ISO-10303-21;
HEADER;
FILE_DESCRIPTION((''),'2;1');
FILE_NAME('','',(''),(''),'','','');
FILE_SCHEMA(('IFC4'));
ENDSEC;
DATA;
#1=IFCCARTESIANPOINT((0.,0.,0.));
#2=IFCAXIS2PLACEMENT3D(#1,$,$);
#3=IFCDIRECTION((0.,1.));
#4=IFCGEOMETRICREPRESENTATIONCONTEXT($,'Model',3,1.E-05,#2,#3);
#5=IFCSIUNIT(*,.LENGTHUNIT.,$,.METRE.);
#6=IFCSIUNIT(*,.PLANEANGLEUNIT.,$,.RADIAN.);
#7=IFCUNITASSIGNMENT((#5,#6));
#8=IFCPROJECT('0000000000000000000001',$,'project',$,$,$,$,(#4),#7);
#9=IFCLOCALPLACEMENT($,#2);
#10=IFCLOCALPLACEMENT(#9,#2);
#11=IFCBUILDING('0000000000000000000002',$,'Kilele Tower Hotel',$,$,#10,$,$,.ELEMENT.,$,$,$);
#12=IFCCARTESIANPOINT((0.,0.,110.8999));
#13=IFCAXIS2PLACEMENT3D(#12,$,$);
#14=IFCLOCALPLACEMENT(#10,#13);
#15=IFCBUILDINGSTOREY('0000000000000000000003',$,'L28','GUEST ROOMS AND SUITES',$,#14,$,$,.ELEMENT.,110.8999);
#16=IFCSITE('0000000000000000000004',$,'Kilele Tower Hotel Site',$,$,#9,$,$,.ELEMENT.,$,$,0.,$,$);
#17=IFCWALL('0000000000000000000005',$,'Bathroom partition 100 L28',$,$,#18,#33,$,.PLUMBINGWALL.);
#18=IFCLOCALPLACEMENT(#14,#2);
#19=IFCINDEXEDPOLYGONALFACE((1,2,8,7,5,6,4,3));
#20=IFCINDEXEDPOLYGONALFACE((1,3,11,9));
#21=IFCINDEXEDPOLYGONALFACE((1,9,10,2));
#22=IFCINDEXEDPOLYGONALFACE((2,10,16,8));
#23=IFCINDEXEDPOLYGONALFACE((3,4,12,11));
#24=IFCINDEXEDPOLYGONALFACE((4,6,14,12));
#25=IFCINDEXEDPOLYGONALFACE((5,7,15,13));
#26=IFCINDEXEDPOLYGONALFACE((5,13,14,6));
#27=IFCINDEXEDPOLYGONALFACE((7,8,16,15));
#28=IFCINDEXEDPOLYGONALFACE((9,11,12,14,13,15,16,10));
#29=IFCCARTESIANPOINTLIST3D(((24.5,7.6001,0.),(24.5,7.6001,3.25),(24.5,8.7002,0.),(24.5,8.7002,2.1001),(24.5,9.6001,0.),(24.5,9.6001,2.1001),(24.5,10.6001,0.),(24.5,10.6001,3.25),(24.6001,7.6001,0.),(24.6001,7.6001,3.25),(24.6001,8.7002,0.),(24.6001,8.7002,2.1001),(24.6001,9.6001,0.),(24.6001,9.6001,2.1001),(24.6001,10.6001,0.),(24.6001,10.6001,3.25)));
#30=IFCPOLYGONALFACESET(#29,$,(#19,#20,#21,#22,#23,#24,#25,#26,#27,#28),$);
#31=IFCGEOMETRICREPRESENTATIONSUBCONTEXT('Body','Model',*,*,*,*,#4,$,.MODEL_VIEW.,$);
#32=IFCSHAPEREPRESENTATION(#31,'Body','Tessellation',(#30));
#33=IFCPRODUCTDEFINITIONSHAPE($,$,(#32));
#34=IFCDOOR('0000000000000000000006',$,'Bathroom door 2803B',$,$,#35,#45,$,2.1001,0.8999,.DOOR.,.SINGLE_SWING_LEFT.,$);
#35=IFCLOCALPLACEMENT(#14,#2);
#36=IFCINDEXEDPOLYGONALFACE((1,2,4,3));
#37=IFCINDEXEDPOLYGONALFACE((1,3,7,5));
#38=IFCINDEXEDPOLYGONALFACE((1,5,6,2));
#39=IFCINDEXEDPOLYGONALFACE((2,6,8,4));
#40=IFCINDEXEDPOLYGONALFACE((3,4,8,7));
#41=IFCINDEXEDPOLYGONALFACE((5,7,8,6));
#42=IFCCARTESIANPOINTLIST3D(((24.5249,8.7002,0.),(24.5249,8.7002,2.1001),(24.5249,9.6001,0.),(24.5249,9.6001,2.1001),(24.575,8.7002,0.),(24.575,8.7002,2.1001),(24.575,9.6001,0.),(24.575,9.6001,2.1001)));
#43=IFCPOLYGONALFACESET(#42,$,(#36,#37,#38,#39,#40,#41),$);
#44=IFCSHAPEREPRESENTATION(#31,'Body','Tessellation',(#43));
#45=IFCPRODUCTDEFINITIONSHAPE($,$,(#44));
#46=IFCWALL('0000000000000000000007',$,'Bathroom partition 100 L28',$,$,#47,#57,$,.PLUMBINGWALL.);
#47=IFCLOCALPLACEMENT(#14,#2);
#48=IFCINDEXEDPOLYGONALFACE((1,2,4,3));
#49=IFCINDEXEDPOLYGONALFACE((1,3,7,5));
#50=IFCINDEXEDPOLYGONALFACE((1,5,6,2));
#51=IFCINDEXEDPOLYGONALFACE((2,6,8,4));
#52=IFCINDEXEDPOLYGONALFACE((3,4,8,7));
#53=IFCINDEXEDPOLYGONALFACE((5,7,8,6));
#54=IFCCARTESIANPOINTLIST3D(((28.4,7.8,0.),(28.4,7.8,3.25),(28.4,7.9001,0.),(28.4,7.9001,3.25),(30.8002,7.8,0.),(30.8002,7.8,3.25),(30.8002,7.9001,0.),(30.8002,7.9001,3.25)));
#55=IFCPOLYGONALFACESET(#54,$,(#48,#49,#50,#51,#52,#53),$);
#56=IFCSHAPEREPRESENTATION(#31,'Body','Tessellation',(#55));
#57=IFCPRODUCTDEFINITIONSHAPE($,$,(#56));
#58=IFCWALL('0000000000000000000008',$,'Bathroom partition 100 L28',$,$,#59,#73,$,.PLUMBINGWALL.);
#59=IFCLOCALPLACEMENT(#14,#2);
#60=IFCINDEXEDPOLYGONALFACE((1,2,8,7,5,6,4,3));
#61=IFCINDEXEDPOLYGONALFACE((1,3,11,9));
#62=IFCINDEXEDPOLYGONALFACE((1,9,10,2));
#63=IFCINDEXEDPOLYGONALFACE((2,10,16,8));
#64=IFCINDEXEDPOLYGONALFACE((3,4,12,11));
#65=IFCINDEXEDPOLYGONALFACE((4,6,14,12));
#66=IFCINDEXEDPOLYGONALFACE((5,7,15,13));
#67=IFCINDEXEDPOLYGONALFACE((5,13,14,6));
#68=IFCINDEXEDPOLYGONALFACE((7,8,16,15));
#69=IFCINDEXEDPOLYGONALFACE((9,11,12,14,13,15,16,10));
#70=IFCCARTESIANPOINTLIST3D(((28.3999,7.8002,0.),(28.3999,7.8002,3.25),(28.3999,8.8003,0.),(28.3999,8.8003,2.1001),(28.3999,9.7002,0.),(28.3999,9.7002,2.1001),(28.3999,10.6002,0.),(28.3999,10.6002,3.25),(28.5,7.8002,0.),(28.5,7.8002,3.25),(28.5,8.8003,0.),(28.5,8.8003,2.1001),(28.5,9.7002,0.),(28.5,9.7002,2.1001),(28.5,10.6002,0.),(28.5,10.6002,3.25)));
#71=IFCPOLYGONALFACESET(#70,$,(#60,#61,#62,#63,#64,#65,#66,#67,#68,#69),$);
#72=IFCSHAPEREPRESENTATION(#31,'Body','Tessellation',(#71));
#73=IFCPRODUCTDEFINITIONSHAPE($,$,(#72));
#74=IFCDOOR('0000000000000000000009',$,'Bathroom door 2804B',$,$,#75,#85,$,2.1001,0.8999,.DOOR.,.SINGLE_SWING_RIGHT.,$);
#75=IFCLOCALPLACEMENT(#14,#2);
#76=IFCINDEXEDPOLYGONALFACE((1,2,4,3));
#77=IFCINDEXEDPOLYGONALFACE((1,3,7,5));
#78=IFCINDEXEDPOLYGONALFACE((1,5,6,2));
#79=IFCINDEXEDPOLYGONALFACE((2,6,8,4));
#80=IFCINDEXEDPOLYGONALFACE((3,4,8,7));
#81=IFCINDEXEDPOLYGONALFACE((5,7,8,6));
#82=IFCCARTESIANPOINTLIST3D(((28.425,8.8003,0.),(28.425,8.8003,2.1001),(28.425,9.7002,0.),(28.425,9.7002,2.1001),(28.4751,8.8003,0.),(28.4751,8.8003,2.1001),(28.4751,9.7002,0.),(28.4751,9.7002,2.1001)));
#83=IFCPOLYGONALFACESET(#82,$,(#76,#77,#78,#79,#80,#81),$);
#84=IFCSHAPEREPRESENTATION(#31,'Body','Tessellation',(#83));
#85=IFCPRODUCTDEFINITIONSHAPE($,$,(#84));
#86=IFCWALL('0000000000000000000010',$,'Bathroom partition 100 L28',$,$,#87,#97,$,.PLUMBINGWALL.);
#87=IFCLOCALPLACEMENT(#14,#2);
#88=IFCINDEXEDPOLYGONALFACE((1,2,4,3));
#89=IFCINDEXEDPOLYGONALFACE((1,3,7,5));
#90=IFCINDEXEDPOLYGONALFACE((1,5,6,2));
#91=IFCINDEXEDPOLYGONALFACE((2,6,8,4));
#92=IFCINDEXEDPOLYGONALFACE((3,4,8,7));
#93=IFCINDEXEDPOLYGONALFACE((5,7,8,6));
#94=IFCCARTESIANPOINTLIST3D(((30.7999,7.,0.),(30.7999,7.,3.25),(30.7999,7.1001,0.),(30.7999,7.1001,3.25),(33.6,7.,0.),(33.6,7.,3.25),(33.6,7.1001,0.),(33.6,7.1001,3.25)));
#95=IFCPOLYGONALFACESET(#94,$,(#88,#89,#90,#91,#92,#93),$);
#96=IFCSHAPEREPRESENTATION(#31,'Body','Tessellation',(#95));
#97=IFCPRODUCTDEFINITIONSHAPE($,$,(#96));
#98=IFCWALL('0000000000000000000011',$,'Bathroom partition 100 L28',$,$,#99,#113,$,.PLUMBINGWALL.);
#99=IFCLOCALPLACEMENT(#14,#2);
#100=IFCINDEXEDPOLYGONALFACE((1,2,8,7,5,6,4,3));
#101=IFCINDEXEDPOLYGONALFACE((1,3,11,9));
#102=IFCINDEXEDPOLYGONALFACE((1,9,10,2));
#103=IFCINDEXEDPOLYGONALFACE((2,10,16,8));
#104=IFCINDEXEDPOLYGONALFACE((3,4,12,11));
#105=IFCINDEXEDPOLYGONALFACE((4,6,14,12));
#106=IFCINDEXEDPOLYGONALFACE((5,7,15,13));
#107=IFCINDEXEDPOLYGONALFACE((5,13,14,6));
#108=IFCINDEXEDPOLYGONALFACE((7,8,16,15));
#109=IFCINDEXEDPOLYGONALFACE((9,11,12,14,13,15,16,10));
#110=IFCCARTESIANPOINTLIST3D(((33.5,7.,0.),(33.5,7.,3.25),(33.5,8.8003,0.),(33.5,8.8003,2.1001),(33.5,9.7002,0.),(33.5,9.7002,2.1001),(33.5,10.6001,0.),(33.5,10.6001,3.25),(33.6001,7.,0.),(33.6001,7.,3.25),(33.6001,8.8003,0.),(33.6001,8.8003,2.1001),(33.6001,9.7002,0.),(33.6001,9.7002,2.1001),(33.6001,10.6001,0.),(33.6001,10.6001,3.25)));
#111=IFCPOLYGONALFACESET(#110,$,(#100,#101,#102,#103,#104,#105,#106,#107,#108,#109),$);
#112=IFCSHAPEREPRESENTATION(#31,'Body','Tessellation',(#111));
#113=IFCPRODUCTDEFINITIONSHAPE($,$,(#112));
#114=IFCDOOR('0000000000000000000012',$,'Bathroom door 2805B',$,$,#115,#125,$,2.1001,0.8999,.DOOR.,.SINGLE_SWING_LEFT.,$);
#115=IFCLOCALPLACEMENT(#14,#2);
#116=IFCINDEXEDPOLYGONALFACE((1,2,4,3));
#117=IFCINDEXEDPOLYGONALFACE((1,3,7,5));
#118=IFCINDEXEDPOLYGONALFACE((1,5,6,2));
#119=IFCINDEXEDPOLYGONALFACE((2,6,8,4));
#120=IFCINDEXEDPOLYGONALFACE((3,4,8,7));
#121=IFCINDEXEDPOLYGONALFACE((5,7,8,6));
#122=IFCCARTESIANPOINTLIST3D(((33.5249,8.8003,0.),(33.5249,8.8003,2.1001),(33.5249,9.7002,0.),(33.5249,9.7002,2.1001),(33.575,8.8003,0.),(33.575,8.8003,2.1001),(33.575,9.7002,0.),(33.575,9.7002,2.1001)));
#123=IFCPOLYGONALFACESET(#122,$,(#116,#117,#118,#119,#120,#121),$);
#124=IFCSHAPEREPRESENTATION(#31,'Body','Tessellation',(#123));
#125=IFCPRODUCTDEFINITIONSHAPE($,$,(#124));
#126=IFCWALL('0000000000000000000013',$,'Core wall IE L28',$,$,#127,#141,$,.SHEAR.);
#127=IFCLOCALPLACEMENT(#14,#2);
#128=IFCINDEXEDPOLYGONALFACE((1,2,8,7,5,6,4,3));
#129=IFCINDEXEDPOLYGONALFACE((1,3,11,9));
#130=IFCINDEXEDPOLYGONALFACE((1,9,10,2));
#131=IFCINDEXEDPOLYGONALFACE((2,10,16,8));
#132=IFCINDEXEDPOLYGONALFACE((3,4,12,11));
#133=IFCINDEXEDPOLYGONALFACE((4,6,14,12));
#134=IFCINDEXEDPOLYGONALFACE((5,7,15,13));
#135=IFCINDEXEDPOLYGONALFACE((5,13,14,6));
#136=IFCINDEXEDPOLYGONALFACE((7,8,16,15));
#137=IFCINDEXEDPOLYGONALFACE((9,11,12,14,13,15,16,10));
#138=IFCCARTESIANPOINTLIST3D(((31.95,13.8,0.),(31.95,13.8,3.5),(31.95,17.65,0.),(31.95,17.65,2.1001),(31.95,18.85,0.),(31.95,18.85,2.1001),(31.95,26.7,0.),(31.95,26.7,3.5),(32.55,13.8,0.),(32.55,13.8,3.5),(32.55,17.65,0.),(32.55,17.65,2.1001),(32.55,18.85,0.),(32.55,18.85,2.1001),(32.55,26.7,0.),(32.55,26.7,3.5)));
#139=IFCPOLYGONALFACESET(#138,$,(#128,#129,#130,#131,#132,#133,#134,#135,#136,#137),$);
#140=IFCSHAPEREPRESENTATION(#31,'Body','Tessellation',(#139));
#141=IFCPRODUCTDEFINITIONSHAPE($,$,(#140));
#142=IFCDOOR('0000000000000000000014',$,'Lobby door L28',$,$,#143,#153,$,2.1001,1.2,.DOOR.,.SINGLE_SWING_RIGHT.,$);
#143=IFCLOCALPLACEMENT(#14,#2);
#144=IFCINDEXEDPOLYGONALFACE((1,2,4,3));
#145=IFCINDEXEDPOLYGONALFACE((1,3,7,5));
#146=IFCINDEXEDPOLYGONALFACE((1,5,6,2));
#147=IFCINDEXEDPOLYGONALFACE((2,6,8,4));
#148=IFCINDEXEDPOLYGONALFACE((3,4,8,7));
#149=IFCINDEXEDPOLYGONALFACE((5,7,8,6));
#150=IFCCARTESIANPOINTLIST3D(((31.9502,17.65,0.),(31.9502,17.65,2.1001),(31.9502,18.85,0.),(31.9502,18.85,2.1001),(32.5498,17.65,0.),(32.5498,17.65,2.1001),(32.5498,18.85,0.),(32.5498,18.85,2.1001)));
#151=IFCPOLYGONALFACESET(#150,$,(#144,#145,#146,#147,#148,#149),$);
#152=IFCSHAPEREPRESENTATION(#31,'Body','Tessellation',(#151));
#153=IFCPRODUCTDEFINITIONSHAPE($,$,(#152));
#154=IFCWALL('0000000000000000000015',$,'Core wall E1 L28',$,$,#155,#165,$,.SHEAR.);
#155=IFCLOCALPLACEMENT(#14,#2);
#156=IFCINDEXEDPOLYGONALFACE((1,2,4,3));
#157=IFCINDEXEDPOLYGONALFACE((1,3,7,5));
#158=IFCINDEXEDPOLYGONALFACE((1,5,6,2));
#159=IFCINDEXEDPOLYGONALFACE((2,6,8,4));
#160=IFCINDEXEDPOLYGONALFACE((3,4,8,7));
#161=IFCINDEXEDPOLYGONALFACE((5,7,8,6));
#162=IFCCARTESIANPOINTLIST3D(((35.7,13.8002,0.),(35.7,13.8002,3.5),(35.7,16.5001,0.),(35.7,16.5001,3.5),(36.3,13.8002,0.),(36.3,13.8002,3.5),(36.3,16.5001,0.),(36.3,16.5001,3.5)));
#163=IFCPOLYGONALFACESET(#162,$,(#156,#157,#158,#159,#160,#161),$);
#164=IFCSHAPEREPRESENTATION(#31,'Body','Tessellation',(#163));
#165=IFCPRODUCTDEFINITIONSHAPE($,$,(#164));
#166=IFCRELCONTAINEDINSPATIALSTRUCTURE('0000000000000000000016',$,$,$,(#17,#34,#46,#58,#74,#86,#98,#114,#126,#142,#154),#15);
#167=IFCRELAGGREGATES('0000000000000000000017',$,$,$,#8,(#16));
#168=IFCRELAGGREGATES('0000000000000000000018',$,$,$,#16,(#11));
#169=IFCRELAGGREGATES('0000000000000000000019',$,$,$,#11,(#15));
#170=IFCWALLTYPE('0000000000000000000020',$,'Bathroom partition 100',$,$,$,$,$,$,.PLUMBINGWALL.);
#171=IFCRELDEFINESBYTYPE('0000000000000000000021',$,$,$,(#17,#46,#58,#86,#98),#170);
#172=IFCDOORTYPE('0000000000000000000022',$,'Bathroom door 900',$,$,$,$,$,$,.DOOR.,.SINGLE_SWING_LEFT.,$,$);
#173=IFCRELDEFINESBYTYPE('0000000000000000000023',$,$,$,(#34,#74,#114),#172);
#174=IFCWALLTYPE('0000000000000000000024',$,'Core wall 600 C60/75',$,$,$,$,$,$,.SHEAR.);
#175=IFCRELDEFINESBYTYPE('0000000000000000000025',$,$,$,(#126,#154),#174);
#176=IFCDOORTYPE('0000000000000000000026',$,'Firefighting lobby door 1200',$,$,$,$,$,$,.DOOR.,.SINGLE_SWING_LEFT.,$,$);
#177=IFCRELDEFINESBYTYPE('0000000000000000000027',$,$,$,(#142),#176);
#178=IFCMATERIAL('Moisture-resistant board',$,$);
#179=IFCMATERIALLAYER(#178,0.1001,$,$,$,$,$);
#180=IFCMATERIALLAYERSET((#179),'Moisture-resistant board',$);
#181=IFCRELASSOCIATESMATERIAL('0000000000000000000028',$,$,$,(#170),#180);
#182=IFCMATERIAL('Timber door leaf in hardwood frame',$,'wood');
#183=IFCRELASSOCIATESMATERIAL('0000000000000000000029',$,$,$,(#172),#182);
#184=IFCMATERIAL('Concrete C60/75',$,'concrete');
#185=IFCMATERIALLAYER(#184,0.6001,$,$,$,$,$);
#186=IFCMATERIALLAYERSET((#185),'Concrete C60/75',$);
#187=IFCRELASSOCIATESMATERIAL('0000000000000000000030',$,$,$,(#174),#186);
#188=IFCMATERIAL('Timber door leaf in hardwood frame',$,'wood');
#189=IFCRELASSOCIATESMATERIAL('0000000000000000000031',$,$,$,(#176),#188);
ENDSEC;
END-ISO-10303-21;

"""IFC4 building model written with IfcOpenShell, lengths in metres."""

from ifc_helpers import new_model, si_unit, direction, frame, frame_2d, origin, place, context, subcontext, project, spatial, rectangle, extrude, material, layer, layer_set, type_object, element, fill, save


model = new_model("IFC4")

# Units and contexts
model_context = context("Model", 3, precision=1e-05, world=origin(), true_north=direction((0.0, 1.0)))
body_context = subcontext(model_context, "Body", "Model", "MODEL_VIEW")
ifc_project = project(units=[si_unit("LENGTHUNIT", "METRE"), si_unit("PLANEANGLEUNIT", "RADIAN")], contexts=[model_context])

# Site, building, storey
site_placement = place(None, origin())
site = spatial("IfcSite", under=ifc_project, at=site_placement, Name="Kilele Tower Hotel Site", CompositionType="ELEMENT", RefElevation=0.0)
building_placement = place(site_placement, origin())
building = spatial("IfcBuilding", under=site, at=building_placement, Name="Kilele Tower Hotel", CompositionType="ELEMENT")
storey_placement = place(building_placement, frame((0.0, 0.0, 110.8999)))
storey = spatial("IfcBuildingStorey", under=building, at=storey_placement, Name="L28", Description="GUEST ROOMS AND SUITES", CompositionType="ELEMENT", Elevation=110.8999)

# Wall, opening, door
ifc_material_1 = material(Name="Moisture-resistant board")
ifc_layer_1 = layer(ifc_material_1, 0.1001)
ifc_layer_set_1 = layer_set([ifc_layer_1], Name="Moisture-resistant board")
wall_type_1 = type_object("IfcWallType", Name="Bathroom partition 100", PredefinedType="PLUMBINGWALL", material=ifc_layer_set_1)
wall_1_placement = place(storey_placement, frame((24.55, 10.6001, 0.0), z_axis=(0.0, 0.0, 1.0), x_axis=(0.0, -1.0, 0.0)))
wall_1 = element("IfcWall", 1, at=wall_1_placement, inside=storey, type_object=wall_type_1, Name="Bathroom partition 100 L28", PredefinedType="PLUMBINGWALL", context=body_context, shape_type="SweptSolid", body=[
    extrude(rectangle(XDim=3.0, YDim=0.1001, at=frame_2d((1.5, 0.0))), origin(), (0.0, 0.0, 1.0), 3.25),
])
opening_1_placement = place(wall_1_placement, frame((1.0, 0.0, 0.0)))
opening_1 = element("IfcOpeningElement", 2, at=opening_1_placement, cuts=wall_1, PredefinedType="OPENING", context=body_context, shape_type="SweptSolid", body=[
    extrude(rectangle(XDim=0.8999, YDim=2.1001, at=frame_2d((0.45, 1.05))), frame((0.0, 0.0601, 0.0), z_axis=(0.0, -1.0, 0.0), x_axis=(1.0, 0.0, 0.0)), (0.0, 0.0, 1.0), 0.1201),
])
ifc_material_2 = material(Name="Timber door leaf in hardwood frame", Category="wood")
door_type_1 = type_object("IfcDoorType", Name="Bathroom door 900", OperationType="SINGLE_SWING_LEFT", PredefinedType="DOOR", material=ifc_material_2)
door_1_placement = place(opening_1_placement, origin())
door_1 = element("IfcDoor", 3, at=door_1_placement, inside=storey, type_object=door_type_1, Name="Bathroom door 2803B", OperationType="SINGLE_SWING_LEFT", OverallHeight=2.1001, OverallWidth=0.8999, PredefinedType="DOOR", context=body_context, shape_type="SweptSolid", body=[
    extrude(rectangle(XDim=0.8999, YDim=2.1001, at=frame_2d((0.45, 1.05))), frame((0.0, 0.0249, 0.0), z_axis=(0.0, -1.0, 0.0), x_axis=(1.0, 0.0, 0.0)), (0.0, 0.0, 1.0), 0.05),
])
fill(opening_1, door_1)

# Wall
wall_2_placement = place(storey_placement, frame((28.3999, 7.8501, 0.0), z_axis=(0.0, 0.0, 1.0), x_axis=(1.0, 0.0, 0.0)))
element("IfcWall", 4, at=wall_2_placement, inside=storey, type_object=wall_type_1, Name="Bathroom partition 100 L28", PredefinedType="PLUMBINGWALL", context=body_context, shape_type="SweptSolid", body=[
    extrude(rectangle(XDim=2.4001, YDim=0.1001, at=frame_2d((1.2002, 0.0))), origin(), (0.0, 0.0, 1.0), 3.25),
])

# Wall, opening, door
wall_3_placement = place(storey_placement, frame((28.45, 10.6001, 0.0), z_axis=(0.0, 0.0, 1.0), x_axis=(0.0, -1.0, 0.0)))
wall_3 = element("IfcWall", 5, at=wall_3_placement, inside=storey, type_object=wall_type_1, Name="Bathroom partition 100 L28", PredefinedType="PLUMBINGWALL", context=body_context, shape_type="SweptSolid", body=[
    extrude(rectangle(XDim=2.8, YDim=0.1001, at=frame_2d((1.3999, 0.0))), origin(), (0.0, 0.0, 1.0), 3.25),
])
opening_2_placement = place(wall_3_placement, frame((1.7998, 0.0, 0.0), z_axis=(0.0, 0.0, 1.0), x_axis=(-1.0, 0.0, 0.0)))
opening_2 = element("IfcOpeningElement", 6, at=opening_2_placement, cuts=wall_3, PredefinedType="OPENING", context=body_context, shape_type="SweptSolid", body=[
    extrude(rectangle(XDim=0.8999, YDim=2.1001, at=frame_2d((0.45, 1.05))), frame((0.0, 0.0601, 0.0), z_axis=(0.0, -1.0, 0.0), x_axis=(1.0, 0.0, 0.0)), (0.0, 0.0, 1.0), 0.1201),
])
door_2_placement = place(opening_2_placement, origin())
door_2 = element("IfcDoor", 7, at=door_2_placement, inside=storey, type_object=door_type_1, Name="Bathroom door 2804B", OperationType="SINGLE_SWING_RIGHT", OverallHeight=2.1001, OverallWidth=0.8999, PredefinedType="DOOR", context=body_context, shape_type="SweptSolid", body=[
    extrude(rectangle(XDim=0.8999, YDim=2.1001, at=frame_2d((0.45, 1.05))), frame((0.0, 0.0249, 0.0), z_axis=(0.0, -1.0, 0.0), x_axis=(1.0, 0.0, 0.0)), (0.0, 0.0, 1.0), 0.05),
])
fill(opening_2, door_2)

# Wall
wall_4_placement = place(storey_placement, frame((30.8, 7.05, 0.0), z_axis=(0.0, 0.0, 1.0), x_axis=(1.0, 0.0, 0.0)))
element("IfcWall", 8, at=wall_4_placement, inside=storey, type_object=wall_type_1, Name="Bathroom partition 100 L28", PredefinedType="PLUMBINGWALL", context=body_context, shape_type="SweptSolid", body=[
    extrude(rectangle(XDim=2.8, YDim=0.1001, at=frame_2d((1.3999, 0.0))), origin(), (0.0, 0.0, 1.0), 3.25),
])

# Walls, openings, doors
wall_5_placement = place(storey_placement, frame((33.55, 10.6001, 0.0), z_axis=(0.0, 0.0, 1.0), x_axis=(0.0, -1.0, 0.0)))
wall_5 = element("IfcWall", 9, at=wall_5_placement, inside=storey, type_object=wall_type_1, Name="Bathroom partition 100 L28", PredefinedType="PLUMBINGWALL", context=body_context, shape_type="SweptSolid", body=[
    extrude(rectangle(XDim=3.6001, YDim=0.1001, at=frame_2d((1.8, 0.0))), origin(), (0.0, 0.0, 1.0), 3.25),
])
opening_3_placement = place(wall_5_placement, frame((0.8999, 0.0, 0.0)))
opening_3 = element("IfcOpeningElement", 10, at=opening_3_placement, cuts=wall_5, PredefinedType="OPENING", context=body_context, shape_type="SweptSolid", body=[
    extrude(rectangle(XDim=0.8999, YDim=2.1001, at=frame_2d((0.45, 1.05))), frame((0.0, 0.0601, 0.0), z_axis=(0.0, -1.0, 0.0), x_axis=(1.0, 0.0, 0.0)), (0.0, 0.0, 1.0), 0.1201),
])
door_3_placement = place(opening_3_placement, origin())
door_3 = element("IfcDoor", 11, at=door_3_placement, inside=storey, type_object=door_type_1, Name="Bathroom door 2805B", OperationType="SINGLE_SWING_LEFT", OverallHeight=2.1001, OverallWidth=0.8999, PredefinedType="DOOR", context=body_context, shape_type="SweptSolid", body=[
    extrude(rectangle(XDim=0.8999, YDim=2.1001, at=frame_2d((0.45, 1.05))), frame((0.0, 0.0249, 0.0), z_axis=(0.0, -1.0, 0.0), x_axis=(1.0, 0.0, 0.0)), (0.0, 0.0, 1.0), 0.05),
])
fill(opening_3, door_3)
ifc_material_3 = material(Name="Concrete C60/75", Category="concrete")
ifc_layer_2 = layer(ifc_material_3, 0.6001)
ifc_layer_set_2 = layer_set([ifc_layer_2], Name="Concrete C60/75")
wall_type_2 = type_object("IfcWallType", Name="Core wall 600 C60/75", PredefinedType="SHEAR", material=ifc_layer_set_2)
wall_6_placement = place(storey_placement, frame((32.25, 13.8, 0.0), z_axis=(0.0, 0.0, 1.0), x_axis=(0.0, 1.0, 0.0)))
wall_6 = element("IfcWall", 12, at=wall_6_placement, inside=storey, type_object=wall_type_2, Name="Core wall IE L28", PredefinedType="SHEAR", context=body_context, shape_type="SweptSolid", body=[
    extrude(rectangle(XDim=12.8999, YDim=0.6001, at=frame_2d((6.45, 0.0))), origin(), (0.0, 0.0, 1.0), 3.5),
])
opening_4_placement = place(wall_6_placement, frame((5.05, 0.0, 0.0), z_axis=(0.0, 0.0, 1.0), x_axis=(-1.0, 0.0, 0.0)))
opening_4 = element("IfcOpeningElement", 13, at=opening_4_placement, cuts=wall_6, PredefinedType="OPENING", context=body_context, shape_type="SweptSolid", body=[
    extrude(rectangle(XDim=1.2, YDim=2.1001, at=frame_2d((0.6001, 1.05))), frame((0.0, 0.3101, 0.0), z_axis=(0.0, -1.0, 0.0), x_axis=(1.0, 0.0, 0.0)), (0.0, 0.0, 1.0), 0.6201),
])
ifc_material_4 = material(Name="Timber door leaf in hardwood frame", Category="wood")
door_type_2 = type_object("IfcDoorType", Name="Firefighting lobby door 1200", OperationType="SINGLE_SWING_LEFT", PredefinedType="DOOR", material=ifc_material_4)
door_4_placement = place(opening_4_placement, origin())
door_4 = element("IfcDoor", 14, at=door_4_placement, inside=storey, type_object=door_type_2, Name="Lobby door L28", OperationType="SINGLE_SWING_RIGHT", OverallHeight=2.1001, OverallWidth=1.2, PredefinedType="DOOR", context=body_context, shape_type="SweptSolid", body=[
    extrude(rectangle(XDim=1.2, YDim=2.1001, at=frame_2d((0.6001, 1.05))), frame((0.0, 0.2998, 0.0), z_axis=(0.0, -1.0, 0.0), x_axis=(1.0, 0.0, 0.0)), (0.0, 0.0, 1.0), 0.5996),
])
fill(opening_4, door_4)

# Wall
wall_7_placement = place(storey_placement, frame((36.0, 13.8, 0.0), z_axis=(0.0, 0.0, 1.0), x_axis=(0.0, 1.0, 0.0)))
element("IfcWall", 15, at=wall_7_placement, inside=storey, type_object=wall_type_2, Name="Core wall E1 L28", PredefinedType="SHEAR", context=body_context, shape_type="SweptSolid", body=[
    extrude(rectangle(XDim=2.7, YDim=0.6001, at=frame_2d((1.3501, 0.0))), origin(), (0.0, 0.0, 1.0), 3.5),
])

save(model, "model.ifc")
